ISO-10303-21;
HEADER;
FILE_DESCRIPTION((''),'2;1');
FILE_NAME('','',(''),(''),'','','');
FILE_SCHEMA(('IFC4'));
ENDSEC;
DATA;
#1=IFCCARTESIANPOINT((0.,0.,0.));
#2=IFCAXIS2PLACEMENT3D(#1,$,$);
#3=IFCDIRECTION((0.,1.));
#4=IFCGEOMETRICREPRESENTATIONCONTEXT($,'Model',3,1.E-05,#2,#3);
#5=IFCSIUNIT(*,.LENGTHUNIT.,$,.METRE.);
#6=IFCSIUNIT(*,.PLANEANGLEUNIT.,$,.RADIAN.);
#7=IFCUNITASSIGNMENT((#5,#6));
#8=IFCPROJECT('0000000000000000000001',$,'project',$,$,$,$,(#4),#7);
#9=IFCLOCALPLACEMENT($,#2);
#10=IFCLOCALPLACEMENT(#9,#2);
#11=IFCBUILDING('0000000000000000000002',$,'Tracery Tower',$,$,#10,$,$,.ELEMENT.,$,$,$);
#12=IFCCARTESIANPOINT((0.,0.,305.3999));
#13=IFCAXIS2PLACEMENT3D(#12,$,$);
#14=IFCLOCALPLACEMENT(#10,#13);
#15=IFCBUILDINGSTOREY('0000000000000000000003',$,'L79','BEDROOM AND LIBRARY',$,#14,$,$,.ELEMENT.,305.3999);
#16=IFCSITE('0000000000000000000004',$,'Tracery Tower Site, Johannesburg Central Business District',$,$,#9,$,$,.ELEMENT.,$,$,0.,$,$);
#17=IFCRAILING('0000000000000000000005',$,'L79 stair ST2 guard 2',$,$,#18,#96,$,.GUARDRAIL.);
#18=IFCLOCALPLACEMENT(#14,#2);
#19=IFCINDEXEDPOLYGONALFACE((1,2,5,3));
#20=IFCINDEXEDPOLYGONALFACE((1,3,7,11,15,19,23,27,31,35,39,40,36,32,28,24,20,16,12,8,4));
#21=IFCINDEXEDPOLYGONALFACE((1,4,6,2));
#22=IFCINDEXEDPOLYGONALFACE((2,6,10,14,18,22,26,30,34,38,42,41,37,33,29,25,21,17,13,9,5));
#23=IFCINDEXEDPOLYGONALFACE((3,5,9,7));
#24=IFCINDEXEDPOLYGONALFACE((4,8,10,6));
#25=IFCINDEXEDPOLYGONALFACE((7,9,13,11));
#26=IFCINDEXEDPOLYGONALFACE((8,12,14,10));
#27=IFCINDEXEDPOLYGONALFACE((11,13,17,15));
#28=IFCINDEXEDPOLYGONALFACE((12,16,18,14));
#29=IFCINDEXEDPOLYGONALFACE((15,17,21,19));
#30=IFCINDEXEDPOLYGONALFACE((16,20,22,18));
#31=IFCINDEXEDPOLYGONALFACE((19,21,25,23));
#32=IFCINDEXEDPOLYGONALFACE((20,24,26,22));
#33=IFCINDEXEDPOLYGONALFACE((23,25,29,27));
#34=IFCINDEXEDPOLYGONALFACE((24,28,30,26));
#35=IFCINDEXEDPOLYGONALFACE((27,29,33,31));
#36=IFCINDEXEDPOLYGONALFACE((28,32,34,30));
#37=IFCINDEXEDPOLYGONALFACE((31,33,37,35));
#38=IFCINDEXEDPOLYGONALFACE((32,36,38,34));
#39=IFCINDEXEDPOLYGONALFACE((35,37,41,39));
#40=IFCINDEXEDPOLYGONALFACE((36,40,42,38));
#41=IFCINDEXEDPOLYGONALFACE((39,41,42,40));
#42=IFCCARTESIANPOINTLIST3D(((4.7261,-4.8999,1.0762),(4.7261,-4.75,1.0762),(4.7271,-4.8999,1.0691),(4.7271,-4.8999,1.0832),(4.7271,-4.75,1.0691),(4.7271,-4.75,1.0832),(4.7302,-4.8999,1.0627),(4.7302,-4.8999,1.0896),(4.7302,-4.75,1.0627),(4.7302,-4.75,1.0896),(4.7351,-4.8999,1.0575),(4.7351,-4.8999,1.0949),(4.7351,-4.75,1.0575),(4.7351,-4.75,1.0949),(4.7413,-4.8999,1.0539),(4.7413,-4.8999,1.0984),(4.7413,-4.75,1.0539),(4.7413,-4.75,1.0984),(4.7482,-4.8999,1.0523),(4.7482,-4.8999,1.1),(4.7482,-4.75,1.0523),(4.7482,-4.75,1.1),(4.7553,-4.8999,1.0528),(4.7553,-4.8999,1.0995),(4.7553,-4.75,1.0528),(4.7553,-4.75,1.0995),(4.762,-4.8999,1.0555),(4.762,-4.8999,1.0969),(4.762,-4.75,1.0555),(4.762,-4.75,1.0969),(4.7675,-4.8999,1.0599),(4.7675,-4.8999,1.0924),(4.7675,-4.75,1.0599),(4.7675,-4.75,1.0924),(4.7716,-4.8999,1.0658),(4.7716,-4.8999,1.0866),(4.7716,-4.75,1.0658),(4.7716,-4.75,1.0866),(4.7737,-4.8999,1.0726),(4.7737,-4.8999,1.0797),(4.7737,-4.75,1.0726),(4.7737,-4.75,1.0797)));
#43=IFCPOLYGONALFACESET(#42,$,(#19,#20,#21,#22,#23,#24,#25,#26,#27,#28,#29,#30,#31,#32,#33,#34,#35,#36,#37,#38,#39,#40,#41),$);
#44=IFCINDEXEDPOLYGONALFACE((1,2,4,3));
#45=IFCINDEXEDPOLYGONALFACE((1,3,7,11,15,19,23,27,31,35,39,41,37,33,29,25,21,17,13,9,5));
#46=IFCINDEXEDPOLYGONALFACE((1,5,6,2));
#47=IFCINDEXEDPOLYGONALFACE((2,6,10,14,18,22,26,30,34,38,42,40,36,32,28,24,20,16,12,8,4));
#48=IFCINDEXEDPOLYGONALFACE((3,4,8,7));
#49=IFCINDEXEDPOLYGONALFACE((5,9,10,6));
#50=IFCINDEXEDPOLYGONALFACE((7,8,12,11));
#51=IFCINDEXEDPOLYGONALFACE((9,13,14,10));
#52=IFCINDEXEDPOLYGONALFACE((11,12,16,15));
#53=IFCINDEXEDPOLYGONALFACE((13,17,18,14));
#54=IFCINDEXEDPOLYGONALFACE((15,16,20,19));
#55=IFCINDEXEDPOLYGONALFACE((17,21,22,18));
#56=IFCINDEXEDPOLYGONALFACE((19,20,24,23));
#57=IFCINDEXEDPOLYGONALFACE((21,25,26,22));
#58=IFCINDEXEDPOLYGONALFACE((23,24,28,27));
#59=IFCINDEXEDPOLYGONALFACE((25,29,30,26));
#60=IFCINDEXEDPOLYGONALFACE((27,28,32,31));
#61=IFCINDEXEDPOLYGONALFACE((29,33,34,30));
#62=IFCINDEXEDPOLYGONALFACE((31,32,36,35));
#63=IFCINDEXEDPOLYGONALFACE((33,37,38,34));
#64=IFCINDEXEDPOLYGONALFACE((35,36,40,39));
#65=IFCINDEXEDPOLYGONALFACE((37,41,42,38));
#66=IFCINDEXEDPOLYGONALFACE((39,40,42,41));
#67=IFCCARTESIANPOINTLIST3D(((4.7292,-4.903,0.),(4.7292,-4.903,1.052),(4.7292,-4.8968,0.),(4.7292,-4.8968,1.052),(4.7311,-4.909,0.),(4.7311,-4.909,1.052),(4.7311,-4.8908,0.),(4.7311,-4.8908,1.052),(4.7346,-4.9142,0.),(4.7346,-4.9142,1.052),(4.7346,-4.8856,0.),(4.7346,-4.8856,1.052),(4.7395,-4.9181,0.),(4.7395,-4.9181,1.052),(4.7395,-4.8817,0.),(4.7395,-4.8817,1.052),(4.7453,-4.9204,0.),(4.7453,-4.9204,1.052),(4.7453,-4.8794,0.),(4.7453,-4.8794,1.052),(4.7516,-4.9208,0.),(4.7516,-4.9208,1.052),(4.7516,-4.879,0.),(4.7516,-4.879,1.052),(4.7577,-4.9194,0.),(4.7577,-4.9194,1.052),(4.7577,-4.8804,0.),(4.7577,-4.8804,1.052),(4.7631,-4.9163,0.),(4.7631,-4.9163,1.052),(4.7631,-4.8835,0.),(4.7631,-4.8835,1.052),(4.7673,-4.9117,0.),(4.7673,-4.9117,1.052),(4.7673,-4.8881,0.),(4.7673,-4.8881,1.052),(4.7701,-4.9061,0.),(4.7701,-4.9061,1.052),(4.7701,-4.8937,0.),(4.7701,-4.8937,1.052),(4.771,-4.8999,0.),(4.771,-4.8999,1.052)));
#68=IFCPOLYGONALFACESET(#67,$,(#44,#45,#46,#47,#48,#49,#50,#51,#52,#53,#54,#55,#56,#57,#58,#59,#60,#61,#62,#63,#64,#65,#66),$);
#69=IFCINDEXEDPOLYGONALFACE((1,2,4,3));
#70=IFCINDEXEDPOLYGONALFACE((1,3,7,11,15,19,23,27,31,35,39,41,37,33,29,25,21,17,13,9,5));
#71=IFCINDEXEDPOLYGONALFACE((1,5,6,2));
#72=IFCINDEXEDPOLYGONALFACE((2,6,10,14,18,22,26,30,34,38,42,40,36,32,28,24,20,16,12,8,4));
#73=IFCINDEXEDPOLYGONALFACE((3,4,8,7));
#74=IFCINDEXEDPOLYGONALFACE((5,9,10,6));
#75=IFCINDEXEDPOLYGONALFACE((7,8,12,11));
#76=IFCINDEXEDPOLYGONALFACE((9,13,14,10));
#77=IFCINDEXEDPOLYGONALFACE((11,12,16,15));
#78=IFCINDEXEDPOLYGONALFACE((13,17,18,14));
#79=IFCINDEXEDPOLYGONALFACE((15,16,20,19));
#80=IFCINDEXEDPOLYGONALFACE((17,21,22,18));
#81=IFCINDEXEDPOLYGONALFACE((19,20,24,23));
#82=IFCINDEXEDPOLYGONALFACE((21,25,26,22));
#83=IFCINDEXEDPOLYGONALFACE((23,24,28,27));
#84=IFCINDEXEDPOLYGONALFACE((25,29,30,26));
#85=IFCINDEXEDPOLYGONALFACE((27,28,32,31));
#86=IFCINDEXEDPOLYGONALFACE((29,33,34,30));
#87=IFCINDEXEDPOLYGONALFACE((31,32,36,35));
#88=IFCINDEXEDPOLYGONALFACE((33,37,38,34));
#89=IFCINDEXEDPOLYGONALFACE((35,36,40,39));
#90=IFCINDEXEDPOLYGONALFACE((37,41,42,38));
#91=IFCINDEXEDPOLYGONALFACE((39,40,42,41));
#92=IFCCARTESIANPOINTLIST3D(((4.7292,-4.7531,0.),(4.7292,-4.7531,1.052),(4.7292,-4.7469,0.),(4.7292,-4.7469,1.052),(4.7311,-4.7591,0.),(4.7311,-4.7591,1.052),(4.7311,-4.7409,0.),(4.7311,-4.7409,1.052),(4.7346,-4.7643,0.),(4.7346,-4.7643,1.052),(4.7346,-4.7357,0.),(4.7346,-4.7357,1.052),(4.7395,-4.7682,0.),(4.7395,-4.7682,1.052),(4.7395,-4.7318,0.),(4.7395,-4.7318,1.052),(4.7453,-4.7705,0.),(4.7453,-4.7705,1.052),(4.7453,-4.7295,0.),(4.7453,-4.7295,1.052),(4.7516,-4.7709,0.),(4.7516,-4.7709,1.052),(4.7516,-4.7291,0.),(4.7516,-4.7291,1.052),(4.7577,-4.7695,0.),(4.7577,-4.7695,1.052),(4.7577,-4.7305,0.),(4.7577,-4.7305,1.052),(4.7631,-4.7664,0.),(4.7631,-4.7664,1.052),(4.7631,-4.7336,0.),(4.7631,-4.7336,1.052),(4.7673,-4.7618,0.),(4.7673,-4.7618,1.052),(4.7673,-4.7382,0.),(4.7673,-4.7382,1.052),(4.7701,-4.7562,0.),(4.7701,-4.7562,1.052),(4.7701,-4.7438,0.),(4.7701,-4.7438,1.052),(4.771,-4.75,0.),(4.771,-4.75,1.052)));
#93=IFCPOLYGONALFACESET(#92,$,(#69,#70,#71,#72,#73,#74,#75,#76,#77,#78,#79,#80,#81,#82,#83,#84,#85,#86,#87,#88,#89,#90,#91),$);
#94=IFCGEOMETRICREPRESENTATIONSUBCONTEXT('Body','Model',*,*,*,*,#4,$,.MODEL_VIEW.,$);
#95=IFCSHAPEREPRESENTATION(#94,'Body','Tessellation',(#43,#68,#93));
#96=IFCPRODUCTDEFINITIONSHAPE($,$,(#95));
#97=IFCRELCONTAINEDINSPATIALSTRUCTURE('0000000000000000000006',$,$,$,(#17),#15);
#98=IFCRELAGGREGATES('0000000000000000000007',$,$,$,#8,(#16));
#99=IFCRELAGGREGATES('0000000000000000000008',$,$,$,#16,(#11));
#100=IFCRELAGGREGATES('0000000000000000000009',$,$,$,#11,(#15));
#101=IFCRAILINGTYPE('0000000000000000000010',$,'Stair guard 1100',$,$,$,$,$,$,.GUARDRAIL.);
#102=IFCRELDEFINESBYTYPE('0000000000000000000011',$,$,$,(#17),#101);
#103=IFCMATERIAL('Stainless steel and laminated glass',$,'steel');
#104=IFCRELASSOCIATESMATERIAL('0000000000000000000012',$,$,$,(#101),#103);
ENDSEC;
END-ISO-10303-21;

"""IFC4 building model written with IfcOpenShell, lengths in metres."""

from ifc_helpers import new_model, si_unit, direction, frame, origin, origin_2d, place, context, subcontext, project, spatial, circle, extrude, material, type_object, element, save


model = new_model("IFC4")

# Units and contexts
model_context = context("Model", 3, precision=1e-05, world=origin(), true_north=direction((0.0, 1.0)))
body_context = subcontext(model_context, "Body", "Model", "MODEL_VIEW")
ifc_project = project(units=[si_unit("LENGTHUNIT", "METRE"), si_unit("PLANEANGLEUNIT", "RADIAN")], contexts=[model_context])

# Site, building, storey
site_placement = place(None, origin())
site = spatial("IfcSite", under=ifc_project, at=site_placement, Name="Tracery Tower Site, Johannesburg Central Business District", CompositionType="ELEMENT", RefElevation=0.0)
building_placement = place(site_placement, origin())
building = spatial("IfcBuilding", under=site, at=building_placement, Name="Tracery Tower", CompositionType="ELEMENT")
storey_placement = place(building_placement, frame((0.0, 0.0, 305.3999)))
storey = spatial("IfcBuildingStorey", under=building, at=storey_placement, Name="L79", Description="BEDROOM AND LIBRARY", CompositionType="ELEMENT", Elevation=305.3999)

# Railing
ifc_material_1 = material(Name="Stainless steel and laminated glass", Category="steel")
railing_type_1 = type_object("IfcRailingType", Name="Stair guard 1100", PredefinedType="GUARDRAIL", material=ifc_material_1)
railing_1_placement = place(storey_placement, frame((4.75, -4.8999, 0.0)))
element("IfcRailing", 1, at=railing_1_placement, inside=storey, type_object=railing_type_1, Name="L79 stair ST2 guard 2", PredefinedType="GUARDRAIL", context=body_context, shape_type="SweptSolid", body=[
    extrude(circle(Radius=0.0239, at=origin_2d()), frame((0.0, 0.0, 1.0762), z_axis=(0.0, 1.0, 0.0), x_axis=(-1.0, 0.0, 0.0)), (0.0, 0.0, 1.0), 0.1499),
    extrude(circle(Radius=0.021, at=origin_2d()), origin(), (0.0, 0.0, 1.0), 1.052),
    extrude(circle(Radius=0.021, at=origin_2d()), frame((0.0, 0.1499, 0.0)), (0.0, 0.0, 1.0), 1.052),
])

save(model, "model.ifc")
